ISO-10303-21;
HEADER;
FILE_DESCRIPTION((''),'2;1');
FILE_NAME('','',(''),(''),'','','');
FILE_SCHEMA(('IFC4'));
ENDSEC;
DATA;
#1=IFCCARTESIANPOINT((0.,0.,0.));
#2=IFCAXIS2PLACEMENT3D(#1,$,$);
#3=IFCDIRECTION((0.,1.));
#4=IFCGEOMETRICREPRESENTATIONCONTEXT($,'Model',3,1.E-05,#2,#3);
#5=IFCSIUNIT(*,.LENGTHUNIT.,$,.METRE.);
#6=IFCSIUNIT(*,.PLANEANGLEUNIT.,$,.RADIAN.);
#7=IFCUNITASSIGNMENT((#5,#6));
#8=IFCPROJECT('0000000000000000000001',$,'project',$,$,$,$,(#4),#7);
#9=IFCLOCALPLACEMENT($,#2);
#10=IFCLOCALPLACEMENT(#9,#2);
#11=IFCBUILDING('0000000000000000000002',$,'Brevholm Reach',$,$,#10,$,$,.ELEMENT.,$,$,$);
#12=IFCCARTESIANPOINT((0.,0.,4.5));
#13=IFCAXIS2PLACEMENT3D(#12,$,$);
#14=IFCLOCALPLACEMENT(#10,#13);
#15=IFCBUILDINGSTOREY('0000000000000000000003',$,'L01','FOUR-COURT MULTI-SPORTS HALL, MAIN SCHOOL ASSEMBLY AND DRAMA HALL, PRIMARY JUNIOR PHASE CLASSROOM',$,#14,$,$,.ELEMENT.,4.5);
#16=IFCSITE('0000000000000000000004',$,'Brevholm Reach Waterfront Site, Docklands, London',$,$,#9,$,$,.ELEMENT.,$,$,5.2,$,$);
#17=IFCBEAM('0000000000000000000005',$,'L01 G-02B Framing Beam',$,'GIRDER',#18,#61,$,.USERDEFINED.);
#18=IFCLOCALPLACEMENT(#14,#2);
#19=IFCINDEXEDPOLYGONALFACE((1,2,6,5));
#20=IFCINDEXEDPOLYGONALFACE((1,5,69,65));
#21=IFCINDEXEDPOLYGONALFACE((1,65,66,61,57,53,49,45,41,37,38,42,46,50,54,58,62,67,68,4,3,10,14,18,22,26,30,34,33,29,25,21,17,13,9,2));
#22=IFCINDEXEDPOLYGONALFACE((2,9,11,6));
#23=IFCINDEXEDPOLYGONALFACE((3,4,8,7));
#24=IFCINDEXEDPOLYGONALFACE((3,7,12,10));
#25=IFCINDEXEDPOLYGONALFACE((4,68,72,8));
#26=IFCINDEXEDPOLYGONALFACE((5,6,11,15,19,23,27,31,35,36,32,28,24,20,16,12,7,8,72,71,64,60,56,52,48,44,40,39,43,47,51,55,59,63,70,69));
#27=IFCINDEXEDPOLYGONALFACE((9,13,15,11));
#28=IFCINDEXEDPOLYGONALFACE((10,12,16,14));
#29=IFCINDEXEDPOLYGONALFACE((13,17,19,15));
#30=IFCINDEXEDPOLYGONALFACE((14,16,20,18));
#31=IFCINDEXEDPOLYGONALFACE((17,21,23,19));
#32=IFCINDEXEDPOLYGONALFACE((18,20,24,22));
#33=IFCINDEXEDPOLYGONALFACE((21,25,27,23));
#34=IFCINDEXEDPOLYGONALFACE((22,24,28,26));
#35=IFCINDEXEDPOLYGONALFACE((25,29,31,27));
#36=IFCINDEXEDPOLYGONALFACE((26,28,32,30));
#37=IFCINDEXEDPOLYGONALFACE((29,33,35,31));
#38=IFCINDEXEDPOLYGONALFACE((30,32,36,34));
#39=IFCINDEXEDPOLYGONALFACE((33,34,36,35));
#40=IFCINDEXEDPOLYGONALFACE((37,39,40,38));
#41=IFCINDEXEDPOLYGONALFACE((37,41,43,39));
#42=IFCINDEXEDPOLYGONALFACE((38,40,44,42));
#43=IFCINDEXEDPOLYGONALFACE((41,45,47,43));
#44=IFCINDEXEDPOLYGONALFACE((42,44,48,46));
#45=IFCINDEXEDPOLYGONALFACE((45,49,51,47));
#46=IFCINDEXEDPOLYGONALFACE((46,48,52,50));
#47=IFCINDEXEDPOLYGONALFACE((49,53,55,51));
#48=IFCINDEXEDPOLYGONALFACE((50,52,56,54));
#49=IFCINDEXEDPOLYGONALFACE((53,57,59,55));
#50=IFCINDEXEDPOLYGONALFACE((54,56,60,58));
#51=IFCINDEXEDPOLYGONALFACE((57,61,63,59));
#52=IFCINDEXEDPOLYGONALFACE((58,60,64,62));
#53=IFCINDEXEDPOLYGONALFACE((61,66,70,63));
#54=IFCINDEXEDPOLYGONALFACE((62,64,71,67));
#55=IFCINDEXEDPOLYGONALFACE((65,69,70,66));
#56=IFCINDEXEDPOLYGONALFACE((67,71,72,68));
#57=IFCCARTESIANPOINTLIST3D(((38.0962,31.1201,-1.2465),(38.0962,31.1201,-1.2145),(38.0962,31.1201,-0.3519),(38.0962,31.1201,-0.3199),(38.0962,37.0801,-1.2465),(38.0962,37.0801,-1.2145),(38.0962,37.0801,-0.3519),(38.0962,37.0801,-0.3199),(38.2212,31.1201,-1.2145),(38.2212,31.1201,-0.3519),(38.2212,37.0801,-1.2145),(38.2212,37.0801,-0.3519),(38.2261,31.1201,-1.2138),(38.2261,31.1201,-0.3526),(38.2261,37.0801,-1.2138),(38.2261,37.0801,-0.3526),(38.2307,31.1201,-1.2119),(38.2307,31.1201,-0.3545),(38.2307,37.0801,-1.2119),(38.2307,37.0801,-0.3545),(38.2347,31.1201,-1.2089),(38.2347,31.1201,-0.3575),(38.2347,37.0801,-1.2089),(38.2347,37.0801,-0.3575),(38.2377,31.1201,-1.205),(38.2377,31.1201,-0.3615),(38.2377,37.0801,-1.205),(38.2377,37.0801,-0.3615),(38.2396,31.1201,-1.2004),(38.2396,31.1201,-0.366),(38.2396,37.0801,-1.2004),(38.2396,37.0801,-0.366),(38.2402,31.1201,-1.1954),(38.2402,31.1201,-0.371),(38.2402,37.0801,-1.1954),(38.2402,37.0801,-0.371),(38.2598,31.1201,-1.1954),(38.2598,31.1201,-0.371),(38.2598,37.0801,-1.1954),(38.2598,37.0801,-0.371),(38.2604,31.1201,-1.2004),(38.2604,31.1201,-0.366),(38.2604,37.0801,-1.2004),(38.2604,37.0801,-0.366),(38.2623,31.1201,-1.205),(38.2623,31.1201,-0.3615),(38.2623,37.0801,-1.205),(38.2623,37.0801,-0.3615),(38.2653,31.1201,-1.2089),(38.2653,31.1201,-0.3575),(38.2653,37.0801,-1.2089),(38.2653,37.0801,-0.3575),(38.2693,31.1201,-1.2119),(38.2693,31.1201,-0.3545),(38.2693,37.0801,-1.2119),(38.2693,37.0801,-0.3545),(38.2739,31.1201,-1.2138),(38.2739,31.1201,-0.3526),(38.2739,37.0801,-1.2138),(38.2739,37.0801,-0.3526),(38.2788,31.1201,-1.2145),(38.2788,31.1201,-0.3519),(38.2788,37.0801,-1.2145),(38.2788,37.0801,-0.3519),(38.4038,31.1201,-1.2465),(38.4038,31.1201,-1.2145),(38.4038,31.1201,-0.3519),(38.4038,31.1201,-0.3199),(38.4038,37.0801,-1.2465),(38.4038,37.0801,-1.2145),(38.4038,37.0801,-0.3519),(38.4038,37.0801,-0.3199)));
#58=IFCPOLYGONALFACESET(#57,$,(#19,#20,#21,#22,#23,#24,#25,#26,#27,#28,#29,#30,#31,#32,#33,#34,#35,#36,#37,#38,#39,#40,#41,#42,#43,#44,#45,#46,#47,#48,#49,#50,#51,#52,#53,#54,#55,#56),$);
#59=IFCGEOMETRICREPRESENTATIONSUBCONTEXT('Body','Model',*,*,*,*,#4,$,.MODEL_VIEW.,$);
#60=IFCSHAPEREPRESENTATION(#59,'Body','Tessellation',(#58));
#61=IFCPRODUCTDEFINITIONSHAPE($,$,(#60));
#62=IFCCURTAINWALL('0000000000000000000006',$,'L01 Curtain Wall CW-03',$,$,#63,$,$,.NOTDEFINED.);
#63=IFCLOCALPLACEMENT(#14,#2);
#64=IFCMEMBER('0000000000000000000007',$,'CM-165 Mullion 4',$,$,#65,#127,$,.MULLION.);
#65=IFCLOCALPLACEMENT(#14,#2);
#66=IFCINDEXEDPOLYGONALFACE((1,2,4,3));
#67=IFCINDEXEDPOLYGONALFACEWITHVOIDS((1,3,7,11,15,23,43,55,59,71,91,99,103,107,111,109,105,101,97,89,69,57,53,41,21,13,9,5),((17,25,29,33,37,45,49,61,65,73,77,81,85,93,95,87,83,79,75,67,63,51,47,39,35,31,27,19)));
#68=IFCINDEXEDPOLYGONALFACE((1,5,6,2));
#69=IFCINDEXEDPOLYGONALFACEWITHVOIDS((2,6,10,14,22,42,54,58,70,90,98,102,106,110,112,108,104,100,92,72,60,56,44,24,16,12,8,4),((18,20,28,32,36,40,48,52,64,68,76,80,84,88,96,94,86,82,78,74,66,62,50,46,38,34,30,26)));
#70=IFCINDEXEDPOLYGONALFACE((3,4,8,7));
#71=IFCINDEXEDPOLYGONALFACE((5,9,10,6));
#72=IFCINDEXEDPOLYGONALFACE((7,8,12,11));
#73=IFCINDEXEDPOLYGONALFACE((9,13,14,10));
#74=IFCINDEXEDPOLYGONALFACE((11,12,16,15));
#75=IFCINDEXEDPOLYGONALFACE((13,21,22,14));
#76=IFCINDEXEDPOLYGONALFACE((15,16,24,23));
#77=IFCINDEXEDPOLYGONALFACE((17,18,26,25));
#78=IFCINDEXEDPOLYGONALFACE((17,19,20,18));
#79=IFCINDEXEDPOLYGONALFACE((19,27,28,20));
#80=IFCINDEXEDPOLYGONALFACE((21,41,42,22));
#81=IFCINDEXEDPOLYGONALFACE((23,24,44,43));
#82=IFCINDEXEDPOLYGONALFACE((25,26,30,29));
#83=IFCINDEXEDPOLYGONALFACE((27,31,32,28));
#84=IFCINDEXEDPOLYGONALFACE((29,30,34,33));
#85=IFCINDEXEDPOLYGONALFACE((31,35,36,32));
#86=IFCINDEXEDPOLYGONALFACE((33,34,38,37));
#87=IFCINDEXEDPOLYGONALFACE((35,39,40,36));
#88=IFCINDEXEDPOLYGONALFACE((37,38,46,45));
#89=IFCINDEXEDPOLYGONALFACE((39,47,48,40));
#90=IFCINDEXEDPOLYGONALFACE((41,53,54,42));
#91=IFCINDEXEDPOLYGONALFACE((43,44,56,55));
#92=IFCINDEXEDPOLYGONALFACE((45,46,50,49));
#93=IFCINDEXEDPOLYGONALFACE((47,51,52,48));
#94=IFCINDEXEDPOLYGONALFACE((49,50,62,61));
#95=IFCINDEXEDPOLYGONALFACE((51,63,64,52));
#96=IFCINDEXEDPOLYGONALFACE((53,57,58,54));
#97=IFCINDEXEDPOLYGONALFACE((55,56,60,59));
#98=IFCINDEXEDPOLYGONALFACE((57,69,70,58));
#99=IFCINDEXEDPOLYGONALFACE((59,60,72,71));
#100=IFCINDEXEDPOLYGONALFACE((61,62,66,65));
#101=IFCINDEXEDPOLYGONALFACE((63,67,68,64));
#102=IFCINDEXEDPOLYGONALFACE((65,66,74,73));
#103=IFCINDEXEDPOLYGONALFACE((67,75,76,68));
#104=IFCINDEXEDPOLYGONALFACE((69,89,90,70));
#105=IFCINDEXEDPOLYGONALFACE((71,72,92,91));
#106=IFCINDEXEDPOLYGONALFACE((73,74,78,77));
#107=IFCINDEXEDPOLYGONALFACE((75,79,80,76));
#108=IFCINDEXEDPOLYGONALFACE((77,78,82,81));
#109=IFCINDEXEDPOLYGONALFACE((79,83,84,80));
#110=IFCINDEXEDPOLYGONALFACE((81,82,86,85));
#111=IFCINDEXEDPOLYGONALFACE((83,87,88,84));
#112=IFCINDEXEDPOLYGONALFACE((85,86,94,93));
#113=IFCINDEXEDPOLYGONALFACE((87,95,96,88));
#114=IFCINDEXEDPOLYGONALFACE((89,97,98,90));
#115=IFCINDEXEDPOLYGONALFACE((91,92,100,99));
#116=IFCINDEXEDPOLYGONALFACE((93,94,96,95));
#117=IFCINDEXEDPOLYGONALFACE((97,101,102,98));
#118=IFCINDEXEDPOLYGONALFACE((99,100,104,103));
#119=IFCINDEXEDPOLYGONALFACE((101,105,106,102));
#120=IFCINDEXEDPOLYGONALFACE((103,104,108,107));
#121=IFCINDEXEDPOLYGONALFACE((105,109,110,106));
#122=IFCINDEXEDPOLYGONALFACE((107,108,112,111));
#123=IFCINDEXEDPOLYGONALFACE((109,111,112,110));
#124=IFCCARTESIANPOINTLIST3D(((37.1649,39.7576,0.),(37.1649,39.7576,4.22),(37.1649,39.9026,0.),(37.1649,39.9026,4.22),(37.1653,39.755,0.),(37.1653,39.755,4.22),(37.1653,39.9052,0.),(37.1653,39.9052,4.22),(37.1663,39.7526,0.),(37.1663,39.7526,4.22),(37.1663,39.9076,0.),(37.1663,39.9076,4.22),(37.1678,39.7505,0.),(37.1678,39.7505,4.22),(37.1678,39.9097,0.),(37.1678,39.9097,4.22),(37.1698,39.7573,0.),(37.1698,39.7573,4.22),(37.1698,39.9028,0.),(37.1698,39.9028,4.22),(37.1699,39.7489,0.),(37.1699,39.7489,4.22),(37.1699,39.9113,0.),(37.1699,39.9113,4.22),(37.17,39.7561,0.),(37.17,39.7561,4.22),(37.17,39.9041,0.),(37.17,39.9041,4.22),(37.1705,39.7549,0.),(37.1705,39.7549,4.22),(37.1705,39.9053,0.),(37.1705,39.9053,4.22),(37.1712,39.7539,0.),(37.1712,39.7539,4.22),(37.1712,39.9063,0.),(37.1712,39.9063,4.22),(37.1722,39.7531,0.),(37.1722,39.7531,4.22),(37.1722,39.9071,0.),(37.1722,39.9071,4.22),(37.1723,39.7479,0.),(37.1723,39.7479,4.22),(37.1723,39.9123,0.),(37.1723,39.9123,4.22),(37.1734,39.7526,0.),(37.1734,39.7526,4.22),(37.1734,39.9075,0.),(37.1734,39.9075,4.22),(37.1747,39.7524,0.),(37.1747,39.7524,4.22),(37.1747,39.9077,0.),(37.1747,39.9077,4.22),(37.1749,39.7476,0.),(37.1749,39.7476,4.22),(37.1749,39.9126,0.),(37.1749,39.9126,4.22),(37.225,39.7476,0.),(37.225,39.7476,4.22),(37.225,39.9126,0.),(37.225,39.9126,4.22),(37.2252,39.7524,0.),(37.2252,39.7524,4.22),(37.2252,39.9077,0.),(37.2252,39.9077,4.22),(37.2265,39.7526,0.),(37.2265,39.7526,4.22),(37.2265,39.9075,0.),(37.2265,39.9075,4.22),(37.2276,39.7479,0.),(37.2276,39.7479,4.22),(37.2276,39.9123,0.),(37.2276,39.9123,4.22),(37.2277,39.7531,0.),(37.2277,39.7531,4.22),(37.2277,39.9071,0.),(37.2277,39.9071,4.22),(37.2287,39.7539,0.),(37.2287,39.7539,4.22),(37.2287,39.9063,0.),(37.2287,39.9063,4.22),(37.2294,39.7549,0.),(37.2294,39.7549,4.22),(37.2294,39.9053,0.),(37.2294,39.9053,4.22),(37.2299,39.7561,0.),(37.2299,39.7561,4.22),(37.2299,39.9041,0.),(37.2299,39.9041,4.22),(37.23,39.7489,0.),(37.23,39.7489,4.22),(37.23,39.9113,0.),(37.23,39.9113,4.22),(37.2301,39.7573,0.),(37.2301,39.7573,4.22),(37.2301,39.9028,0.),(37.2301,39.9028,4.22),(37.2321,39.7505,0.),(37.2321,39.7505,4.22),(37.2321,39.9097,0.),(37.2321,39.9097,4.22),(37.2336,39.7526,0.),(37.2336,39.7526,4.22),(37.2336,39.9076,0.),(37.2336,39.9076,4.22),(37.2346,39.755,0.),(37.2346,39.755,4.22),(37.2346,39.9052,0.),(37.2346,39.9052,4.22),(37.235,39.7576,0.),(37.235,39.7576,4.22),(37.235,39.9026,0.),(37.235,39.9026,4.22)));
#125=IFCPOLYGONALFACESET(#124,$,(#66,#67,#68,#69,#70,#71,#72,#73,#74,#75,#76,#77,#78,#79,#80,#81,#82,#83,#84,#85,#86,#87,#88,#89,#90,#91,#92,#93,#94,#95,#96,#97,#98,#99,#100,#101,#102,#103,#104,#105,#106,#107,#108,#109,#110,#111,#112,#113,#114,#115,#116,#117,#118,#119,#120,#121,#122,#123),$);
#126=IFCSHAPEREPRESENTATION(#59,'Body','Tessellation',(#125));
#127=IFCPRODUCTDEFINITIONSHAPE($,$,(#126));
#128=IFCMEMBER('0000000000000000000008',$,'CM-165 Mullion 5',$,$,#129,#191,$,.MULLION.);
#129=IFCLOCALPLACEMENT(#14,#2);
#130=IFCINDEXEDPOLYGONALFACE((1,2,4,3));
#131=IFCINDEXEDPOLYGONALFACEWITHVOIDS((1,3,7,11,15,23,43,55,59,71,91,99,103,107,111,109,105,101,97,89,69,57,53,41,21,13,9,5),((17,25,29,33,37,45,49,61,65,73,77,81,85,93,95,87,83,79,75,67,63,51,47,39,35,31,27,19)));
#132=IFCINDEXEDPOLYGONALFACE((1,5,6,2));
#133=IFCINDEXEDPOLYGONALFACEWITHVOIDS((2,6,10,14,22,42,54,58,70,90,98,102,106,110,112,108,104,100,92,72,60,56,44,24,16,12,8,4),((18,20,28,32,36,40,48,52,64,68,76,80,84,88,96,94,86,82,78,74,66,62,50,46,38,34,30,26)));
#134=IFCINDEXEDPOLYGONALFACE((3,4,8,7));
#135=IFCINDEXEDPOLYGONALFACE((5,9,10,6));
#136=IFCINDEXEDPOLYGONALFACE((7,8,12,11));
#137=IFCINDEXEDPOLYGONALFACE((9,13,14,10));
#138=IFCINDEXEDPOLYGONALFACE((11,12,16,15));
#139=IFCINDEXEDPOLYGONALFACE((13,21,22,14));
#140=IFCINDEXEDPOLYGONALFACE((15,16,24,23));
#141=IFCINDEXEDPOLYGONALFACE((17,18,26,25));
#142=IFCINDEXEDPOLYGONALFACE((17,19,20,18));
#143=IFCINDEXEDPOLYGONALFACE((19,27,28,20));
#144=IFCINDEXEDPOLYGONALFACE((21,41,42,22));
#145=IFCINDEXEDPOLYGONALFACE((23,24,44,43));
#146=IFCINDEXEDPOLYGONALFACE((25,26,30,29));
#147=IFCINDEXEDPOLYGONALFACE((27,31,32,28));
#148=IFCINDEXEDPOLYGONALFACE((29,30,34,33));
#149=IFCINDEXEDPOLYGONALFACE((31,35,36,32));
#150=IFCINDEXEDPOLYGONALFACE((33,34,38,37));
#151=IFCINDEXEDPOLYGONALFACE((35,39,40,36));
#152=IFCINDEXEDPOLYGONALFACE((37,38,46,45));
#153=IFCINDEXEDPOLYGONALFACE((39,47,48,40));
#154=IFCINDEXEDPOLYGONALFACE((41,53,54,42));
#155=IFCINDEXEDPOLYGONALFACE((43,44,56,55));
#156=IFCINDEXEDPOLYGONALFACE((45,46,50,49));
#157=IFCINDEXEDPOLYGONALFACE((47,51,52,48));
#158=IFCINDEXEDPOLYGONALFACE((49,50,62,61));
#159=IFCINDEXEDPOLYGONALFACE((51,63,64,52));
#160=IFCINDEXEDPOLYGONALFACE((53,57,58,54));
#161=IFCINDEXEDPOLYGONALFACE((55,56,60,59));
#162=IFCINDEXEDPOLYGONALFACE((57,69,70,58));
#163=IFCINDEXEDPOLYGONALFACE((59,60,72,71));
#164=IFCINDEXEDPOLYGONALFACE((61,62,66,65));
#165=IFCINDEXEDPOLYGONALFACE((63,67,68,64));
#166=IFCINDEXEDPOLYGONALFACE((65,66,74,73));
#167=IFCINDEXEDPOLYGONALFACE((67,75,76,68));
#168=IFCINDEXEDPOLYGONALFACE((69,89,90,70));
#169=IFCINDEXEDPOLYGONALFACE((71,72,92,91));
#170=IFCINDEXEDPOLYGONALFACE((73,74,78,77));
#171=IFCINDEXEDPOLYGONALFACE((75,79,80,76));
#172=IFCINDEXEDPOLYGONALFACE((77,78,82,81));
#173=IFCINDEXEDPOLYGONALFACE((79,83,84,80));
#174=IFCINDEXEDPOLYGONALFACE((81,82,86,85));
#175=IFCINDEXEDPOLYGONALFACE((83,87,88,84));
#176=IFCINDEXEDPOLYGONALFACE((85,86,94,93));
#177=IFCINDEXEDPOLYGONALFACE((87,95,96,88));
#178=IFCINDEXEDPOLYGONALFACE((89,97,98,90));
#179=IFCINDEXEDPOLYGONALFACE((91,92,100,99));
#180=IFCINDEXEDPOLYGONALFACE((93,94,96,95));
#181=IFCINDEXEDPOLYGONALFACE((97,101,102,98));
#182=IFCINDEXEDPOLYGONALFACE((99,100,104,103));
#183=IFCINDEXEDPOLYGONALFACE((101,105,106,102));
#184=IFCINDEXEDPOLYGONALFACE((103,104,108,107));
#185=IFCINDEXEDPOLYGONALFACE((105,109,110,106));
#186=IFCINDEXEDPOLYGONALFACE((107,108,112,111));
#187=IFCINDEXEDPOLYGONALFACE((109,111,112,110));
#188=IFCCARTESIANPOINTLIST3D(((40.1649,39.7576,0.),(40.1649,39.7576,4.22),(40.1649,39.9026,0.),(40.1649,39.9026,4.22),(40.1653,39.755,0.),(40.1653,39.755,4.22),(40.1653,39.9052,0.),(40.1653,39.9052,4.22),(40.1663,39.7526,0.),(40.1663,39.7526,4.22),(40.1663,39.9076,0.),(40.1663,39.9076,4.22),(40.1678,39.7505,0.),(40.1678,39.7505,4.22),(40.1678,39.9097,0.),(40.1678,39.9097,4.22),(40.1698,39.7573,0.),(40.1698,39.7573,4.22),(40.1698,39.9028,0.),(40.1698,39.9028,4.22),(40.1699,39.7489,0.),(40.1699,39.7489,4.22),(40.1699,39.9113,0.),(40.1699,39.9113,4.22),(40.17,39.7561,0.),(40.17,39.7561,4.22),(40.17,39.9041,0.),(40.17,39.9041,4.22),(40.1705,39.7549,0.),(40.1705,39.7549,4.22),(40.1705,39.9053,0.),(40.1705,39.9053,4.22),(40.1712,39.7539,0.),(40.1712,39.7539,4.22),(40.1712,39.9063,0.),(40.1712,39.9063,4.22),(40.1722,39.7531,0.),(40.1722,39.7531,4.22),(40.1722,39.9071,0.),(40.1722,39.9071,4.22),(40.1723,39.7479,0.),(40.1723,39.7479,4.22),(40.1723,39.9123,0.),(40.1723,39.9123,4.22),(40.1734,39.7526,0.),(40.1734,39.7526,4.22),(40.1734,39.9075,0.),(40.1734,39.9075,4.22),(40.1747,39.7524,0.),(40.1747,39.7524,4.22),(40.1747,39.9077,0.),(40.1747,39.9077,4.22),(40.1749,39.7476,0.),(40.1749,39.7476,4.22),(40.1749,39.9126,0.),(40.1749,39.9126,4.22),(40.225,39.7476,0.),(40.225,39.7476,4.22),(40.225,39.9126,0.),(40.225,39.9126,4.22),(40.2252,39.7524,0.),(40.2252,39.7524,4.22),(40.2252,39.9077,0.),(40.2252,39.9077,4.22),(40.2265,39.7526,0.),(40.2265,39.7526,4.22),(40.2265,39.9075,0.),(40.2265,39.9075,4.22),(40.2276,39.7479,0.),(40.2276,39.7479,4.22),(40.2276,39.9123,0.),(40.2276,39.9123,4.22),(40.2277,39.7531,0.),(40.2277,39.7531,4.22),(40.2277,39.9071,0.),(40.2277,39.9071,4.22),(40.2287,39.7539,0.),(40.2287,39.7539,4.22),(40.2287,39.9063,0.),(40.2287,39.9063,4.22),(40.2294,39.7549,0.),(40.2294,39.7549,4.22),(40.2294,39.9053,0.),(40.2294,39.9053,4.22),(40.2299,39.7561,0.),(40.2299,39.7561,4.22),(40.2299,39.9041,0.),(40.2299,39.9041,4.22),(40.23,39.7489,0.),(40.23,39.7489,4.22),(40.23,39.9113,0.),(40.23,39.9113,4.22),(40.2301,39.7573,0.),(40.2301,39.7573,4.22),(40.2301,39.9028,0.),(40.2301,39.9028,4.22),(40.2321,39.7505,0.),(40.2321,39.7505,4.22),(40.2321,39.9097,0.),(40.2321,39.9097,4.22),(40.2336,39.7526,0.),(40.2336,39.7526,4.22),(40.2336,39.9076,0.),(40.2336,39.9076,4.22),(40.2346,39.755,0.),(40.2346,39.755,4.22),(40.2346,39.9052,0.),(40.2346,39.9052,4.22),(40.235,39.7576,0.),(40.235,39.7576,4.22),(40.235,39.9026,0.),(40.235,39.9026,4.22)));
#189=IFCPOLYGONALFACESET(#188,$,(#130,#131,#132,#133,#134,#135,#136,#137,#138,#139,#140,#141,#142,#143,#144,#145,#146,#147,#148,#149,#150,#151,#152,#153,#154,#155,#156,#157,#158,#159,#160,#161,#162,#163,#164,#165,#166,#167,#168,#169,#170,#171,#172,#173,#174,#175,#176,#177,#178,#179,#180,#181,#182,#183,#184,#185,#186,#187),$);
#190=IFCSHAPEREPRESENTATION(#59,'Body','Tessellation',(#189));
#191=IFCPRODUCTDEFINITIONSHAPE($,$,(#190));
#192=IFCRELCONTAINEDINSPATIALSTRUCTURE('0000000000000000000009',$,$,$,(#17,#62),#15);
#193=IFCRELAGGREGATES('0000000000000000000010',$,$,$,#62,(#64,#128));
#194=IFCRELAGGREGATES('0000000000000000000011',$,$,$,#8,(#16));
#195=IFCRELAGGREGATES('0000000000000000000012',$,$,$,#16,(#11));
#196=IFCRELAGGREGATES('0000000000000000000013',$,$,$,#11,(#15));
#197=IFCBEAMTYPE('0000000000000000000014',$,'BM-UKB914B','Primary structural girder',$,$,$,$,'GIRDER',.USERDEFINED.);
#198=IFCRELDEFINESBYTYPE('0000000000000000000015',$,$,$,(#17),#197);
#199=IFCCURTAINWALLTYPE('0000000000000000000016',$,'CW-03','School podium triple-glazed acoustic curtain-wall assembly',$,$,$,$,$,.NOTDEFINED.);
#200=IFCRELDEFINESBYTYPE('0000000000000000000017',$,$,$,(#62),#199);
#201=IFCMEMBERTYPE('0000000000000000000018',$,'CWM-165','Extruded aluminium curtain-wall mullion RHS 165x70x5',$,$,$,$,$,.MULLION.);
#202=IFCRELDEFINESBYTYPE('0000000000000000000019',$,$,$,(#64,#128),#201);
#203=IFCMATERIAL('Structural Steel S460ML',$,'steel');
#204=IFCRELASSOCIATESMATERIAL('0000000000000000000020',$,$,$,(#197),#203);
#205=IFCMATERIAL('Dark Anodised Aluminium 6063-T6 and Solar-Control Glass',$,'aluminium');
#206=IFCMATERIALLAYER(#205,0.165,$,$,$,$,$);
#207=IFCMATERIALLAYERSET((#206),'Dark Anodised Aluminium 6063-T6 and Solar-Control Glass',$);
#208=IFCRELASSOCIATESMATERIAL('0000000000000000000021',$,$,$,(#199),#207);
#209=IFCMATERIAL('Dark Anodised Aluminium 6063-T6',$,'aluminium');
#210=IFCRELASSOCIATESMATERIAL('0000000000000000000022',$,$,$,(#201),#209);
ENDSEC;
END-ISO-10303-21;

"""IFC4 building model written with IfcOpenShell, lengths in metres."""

from ifc_helpers import new_model, si_unit, direction, frame, origin, origin_2d, place, context, subcontext, project, spatial, hollow_rectangle, i_section, extrude, material, layer, layer_set, material_profile, profile_set, type_object, element, aggregate, save


model = new_model("IFC4")

# Units and contexts
model_context = context("Model", 3, precision=1e-05, world=origin(), true_north=direction((0.0, 1.0)))
body_context = subcontext(model_context, "Body", "Model", "MODEL_VIEW")
ifc_project = project(units=[si_unit("LENGTHUNIT", "METRE"), si_unit("PLANEANGLEUNIT", "RADIAN")], contexts=[model_context])

# Site, building, storey
site_placement = place(None, origin())
site = spatial("IfcSite", under=ifc_project, at=site_placement, Name="Brevholm Reach Waterfront Site, Docklands, London", CompositionType="ELEMENT", RefElevation=5.2)
building_placement = place(site_placement, origin())
building = spatial("IfcBuilding", under=site, at=building_placement, Name="Brevholm Reach", CompositionType="ELEMENT")
storey_placement = place(building_placement, frame((0.0, 0.0, 4.5)))
storey = spatial("IfcBuildingStorey", under=building, at=storey_placement, Name="L01", Description="FOUR-COURT MULTI-SPORTS HALL, MAIN SCHOOL ASSEMBLY AND DRAMA HALL, PRIMARY JUNIOR PHASE CLASSROOM", CompositionType="ELEMENT", Elevation=4.5)

# Beam
ifc_material_1 = material(Name="Structural Steel S460ML", Category="steel")
ifc_material_profile_1 = material_profile(ifc_material_1, i_section(OverallWidth=0.3076, OverallDepth=0.9265, WebThickness=0.0195, FlangeThickness=0.032, FilletRadius=0.019, at=origin_2d()), Name="UKB 914x305x289")
ifc_profile_set_1 = profile_set([ifc_material_profile_1], Name="Structural Steel S460ML")
beam_type_1 = type_object("IfcBeamType", Name="BM-UKB914B", Description="Primary structural girder", ElementType="GIRDER", PredefinedType="USERDEFINED", material=ifc_profile_set_1)
beam_1_placement = place(storey_placement, frame((38.25, 31.1201, -0.7832), z_axis=(0.0, 1.0, 0.0), x_axis=(-1.0, 0.0, 0.0)))
element("IfcBeam", 1, at=beam_1_placement, inside=storey, type_object=beam_type_1, Name="L01 G-02B Framing Beam", ObjectType="GIRDER", PredefinedType="USERDEFINED", context=body_context, shape_type="SweptSolid", body=[
    extrude(i_section(OverallWidth=0.3076, OverallDepth=0.9265, WebThickness=0.0195, FlangeThickness=0.032, FilletRadius=0.019, at=origin_2d()), origin(), (0.0, 0.0, 1.0), 5.96),
])

# Curtain wall, members
ifc_material_2 = material(Name="Dark Anodised Aluminium 6063-T6 and Solar-Control Glass", Category="aluminium")
ifc_layer_1 = layer(ifc_material_2, 0.165)
ifc_layer_set_1 = layer_set([ifc_layer_1], Name="Dark Anodised Aluminium 6063-T6 and Solar-Control Glass")
curtain_wall_type = type_object("IfcCurtainWallType", Name="CW-03", Description="School podium triple-glazed acoustic curtain-wall assembly", PredefinedType="NOTDEFINED", material=ifc_layer_set_1)
curtain_wall_placement = place(storey_placement, origin())
curtain_wall = element("IfcCurtainWall", 2, at=curtain_wall_placement, inside=storey, type_object=curtain_wall_type, Name="L01 Curtain Wall CW-03", PredefinedType="NOTDEFINED")
ifc_material_3 = material(Name="Dark Anodised Aluminium 6063-T6", Category="aluminium")
ifc_material_profile_2 = material_profile(ifc_material_3, hollow_rectangle(XDim=0.0701, YDim=0.165, WallThickness=0.0049, InnerFilletRadius=0.0049, OuterFilletRadius=0.01, at=origin_2d()), Name="RHS 165x70x5")
ifc_profile_set_2 = profile_set([ifc_material_profile_2], Name="Dark Anodised Aluminium 6063-T6")
member_type_1 = type_object("IfcMemberType", Name="CWM-165", Description="Extruded aluminium curtain-wall mullion RHS 165x70x5", PredefinedType="MULLION", material=ifc_profile_set_2)
member_1_placement = place(storey_placement, frame((37.2, 39.8301, 0.0), z_axis=(0.0, 0.0, 1.0), x_axis=(1.0, 0.0, 0.0)))
member_1 = element("IfcMember", 3, at=member_1_placement, type_object=member_type_1, Name="CM-165 Mullion 4", PredefinedType="MULLION", context=body_context, shape_type="SweptSolid", body=[
    extrude(hollow_rectangle(XDim=0.0701, YDim=0.165, WallThickness=0.0049, InnerFilletRadius=0.0049, OuterFilletRadius=0.01, at=origin_2d()), origin(), (0.0, 0.0, 1.0), 4.22),
])
member_2_placement = place(storey_placement, frame((40.2, 39.8301, 0.0), z_axis=(0.0, 0.0, 1.0), x_axis=(1.0, 0.0, 0.0)))
member_2 = element("IfcMember", 4, at=member_2_placement, type_object=member_type_1, Name="CM-165 Mullion 5", PredefinedType="MULLION", context=body_context, shape_type="SweptSolid", body=[
    extrude(hollow_rectangle(XDim=0.0701, YDim=0.165, WallThickness=0.0049, InnerFilletRadius=0.0049, OuterFilletRadius=0.01, at=origin_2d()), origin(), (0.0, 0.0, 1.0), 4.22),
])
aggregate(curtain_wall, [member_1, member_2])

save(model, "model.ifc")
